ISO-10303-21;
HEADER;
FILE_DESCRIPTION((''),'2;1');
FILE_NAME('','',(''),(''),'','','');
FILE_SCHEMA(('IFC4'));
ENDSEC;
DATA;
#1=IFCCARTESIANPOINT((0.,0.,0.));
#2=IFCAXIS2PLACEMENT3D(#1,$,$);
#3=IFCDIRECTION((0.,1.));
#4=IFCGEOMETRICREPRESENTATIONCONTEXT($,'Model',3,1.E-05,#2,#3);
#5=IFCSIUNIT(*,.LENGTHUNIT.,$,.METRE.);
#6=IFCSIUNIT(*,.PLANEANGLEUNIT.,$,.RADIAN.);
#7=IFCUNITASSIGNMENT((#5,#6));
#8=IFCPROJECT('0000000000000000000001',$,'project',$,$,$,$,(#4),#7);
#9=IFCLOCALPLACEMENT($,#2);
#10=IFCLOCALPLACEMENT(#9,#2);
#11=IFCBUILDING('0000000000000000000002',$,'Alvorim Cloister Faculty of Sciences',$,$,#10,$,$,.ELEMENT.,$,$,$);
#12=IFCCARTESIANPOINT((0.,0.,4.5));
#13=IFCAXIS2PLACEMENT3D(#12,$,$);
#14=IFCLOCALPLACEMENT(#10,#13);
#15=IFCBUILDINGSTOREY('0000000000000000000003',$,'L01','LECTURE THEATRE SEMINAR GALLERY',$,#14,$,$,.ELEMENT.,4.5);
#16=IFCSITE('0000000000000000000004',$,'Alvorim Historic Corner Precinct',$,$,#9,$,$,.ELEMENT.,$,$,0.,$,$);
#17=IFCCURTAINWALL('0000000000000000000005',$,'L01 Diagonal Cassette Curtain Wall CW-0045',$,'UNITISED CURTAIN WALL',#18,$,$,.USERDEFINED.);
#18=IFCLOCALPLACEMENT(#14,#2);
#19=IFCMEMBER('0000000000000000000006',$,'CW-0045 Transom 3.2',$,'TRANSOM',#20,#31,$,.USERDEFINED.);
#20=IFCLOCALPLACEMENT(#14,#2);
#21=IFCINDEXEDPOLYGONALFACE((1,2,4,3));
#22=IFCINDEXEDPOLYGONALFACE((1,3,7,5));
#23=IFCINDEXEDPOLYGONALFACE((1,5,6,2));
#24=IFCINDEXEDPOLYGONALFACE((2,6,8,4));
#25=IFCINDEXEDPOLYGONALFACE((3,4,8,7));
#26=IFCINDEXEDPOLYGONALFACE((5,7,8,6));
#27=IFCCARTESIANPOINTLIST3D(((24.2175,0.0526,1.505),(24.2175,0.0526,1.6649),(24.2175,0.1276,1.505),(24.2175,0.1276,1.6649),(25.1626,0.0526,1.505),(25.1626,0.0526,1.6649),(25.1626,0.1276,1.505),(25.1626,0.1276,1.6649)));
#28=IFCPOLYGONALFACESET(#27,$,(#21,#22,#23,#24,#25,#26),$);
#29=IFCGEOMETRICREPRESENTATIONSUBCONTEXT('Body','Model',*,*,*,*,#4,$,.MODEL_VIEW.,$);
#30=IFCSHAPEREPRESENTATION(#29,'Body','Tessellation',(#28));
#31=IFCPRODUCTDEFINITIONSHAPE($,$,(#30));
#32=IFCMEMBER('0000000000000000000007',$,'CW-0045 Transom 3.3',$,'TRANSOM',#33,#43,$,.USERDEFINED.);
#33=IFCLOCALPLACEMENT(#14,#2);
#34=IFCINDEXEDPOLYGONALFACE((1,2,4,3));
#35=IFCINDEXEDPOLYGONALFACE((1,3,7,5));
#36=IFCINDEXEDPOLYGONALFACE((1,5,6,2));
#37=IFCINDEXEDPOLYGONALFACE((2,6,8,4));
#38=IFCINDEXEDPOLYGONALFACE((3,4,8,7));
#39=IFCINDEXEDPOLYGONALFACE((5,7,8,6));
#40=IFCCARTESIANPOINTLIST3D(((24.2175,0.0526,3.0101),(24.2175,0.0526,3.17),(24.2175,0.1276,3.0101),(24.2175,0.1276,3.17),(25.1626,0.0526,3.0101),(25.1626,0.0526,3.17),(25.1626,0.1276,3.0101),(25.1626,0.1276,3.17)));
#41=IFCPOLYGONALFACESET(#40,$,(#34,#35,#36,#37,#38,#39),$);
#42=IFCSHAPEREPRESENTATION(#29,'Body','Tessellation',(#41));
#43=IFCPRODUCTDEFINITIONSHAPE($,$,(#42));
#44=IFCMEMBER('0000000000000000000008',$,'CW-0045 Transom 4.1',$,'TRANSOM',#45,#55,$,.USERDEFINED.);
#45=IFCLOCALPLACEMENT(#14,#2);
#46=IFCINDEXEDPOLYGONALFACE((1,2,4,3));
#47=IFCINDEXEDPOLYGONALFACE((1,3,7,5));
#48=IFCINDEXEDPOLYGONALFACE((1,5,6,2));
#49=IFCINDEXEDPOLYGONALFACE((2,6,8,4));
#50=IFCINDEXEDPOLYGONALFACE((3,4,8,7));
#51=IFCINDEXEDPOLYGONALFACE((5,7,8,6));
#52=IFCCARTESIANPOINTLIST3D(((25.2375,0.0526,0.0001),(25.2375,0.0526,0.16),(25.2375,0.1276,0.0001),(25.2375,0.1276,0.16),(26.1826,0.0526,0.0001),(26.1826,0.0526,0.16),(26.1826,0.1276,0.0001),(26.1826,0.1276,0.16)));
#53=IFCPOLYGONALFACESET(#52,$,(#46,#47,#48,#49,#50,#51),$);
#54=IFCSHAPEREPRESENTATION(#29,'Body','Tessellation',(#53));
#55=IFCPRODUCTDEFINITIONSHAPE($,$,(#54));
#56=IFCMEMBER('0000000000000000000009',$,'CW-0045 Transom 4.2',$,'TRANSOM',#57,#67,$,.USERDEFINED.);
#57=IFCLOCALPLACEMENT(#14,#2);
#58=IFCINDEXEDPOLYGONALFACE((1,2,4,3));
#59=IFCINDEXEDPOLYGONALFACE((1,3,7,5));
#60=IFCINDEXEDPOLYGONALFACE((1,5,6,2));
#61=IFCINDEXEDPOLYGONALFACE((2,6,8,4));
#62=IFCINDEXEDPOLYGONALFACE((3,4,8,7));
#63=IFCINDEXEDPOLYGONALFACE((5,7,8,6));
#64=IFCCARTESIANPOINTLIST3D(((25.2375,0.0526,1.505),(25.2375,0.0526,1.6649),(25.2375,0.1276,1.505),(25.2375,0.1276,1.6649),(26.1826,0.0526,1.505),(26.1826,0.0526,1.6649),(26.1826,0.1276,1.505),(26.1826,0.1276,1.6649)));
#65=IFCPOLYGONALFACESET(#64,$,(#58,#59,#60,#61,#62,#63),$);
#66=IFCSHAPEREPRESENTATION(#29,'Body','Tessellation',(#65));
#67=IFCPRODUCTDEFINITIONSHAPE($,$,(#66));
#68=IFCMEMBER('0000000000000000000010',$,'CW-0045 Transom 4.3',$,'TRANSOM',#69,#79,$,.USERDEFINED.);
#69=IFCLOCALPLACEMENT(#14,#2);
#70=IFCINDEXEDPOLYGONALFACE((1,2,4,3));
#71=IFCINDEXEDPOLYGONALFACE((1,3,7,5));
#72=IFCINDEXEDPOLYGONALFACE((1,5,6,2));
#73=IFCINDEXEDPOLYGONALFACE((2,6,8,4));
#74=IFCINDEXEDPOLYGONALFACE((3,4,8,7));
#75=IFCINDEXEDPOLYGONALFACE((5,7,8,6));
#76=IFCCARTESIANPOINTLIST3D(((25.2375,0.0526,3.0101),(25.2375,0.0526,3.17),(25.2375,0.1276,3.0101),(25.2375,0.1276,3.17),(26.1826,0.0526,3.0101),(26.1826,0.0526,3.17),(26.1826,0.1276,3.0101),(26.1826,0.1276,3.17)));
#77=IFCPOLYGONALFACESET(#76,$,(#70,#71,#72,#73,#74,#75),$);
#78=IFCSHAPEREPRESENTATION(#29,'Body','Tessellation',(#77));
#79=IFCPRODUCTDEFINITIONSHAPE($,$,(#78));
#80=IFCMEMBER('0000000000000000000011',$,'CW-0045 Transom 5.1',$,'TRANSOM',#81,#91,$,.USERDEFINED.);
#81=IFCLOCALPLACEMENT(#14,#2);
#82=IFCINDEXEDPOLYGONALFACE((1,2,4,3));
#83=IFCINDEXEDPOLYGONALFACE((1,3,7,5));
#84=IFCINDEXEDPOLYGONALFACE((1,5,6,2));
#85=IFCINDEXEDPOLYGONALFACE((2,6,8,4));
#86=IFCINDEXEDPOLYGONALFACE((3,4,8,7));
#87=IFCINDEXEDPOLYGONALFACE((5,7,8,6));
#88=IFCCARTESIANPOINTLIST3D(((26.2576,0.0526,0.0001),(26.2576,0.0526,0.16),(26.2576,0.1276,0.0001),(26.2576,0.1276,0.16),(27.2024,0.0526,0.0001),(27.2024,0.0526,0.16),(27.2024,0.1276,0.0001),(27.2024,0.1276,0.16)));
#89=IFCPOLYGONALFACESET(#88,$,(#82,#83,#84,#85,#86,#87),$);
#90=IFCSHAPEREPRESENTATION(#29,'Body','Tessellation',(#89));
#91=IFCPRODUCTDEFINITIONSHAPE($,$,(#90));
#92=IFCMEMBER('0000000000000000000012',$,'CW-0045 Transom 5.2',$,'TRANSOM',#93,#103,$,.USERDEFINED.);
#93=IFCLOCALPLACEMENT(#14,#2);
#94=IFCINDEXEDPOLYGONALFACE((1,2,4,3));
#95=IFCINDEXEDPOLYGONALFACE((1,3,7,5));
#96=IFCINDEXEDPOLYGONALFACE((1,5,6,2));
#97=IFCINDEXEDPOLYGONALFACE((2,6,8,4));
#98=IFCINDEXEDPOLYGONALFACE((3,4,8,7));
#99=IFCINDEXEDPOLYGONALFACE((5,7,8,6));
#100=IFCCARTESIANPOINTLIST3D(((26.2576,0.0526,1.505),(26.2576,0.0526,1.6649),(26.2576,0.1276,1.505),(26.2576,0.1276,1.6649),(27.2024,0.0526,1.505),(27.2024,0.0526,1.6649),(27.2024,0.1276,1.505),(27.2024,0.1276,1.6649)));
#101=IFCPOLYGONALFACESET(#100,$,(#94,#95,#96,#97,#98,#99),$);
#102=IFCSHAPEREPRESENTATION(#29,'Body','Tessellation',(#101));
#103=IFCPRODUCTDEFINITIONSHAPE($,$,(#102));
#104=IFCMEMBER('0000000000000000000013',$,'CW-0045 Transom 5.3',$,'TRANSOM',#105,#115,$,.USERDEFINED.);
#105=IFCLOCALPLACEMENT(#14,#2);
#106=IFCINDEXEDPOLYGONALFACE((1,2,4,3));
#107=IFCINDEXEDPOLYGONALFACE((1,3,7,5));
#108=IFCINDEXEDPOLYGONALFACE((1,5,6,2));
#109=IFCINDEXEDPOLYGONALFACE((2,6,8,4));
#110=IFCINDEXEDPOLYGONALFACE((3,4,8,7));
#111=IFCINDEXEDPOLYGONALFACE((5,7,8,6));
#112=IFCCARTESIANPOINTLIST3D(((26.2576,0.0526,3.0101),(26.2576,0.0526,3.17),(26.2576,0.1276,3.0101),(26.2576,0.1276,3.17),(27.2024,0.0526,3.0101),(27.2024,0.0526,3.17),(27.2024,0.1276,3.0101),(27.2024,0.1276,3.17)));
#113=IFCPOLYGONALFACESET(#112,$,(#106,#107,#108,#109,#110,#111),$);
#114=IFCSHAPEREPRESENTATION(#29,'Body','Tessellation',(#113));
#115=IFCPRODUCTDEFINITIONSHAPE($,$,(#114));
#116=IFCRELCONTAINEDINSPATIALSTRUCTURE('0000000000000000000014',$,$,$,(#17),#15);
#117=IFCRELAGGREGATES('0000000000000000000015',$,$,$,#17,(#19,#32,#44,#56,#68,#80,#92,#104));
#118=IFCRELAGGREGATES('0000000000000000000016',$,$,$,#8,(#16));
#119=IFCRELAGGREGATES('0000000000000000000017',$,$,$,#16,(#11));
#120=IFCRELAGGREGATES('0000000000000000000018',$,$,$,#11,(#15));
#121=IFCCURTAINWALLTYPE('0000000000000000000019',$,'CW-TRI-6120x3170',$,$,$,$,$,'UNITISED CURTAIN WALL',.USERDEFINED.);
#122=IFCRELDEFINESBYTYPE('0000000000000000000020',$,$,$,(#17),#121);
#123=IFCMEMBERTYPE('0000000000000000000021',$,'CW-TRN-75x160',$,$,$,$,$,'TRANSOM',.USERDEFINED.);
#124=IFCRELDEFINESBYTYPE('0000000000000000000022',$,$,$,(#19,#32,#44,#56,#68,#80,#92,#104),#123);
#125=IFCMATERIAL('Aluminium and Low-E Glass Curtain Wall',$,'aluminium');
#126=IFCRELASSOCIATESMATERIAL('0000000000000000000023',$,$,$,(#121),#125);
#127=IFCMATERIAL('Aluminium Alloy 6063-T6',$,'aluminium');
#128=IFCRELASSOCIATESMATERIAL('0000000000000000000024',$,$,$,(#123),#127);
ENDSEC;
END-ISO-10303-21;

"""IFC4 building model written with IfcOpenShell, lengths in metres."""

from ifc_helpers import new_model, si_unit, direction, frame, origin, origin_2d, place, context, subcontext, project, spatial, rectangle, extrude, material, material_profile, profile_set, type_object, element, aggregate, save


model = new_model("IFC4")

# Units and contexts
model_context = context("Model", 3, precision=1e-05, world=origin(), true_north=direction((0.0, 1.0)))
body_context = subcontext(model_context, "Body", "Model", "MODEL_VIEW")
ifc_project = project(units=[si_unit("LENGTHUNIT", "METRE"), si_unit("PLANEANGLEUNIT", "RADIAN")], contexts=[model_context])

# Site, building, storey
site_placement = place(None, origin())
site = spatial("IfcSite", under=ifc_project, at=site_placement, Name="Alvorim Historic Corner Precinct", CompositionType="ELEMENT", RefElevation=0.0)
building_placement = place(site_placement, origin())
building = spatial("IfcBuilding", under=site, at=building_placement, Name="Alvorim Cloister Faculty of Sciences", CompositionType="ELEMENT")
storey_placement = place(building_placement, frame((0.0, 0.0, 4.5)))
storey = spatial("IfcBuildingStorey", under=building, at=storey_placement, Name="L01", Description="LECTURE THEATRE SEMINAR GALLERY", CompositionType="ELEMENT", Elevation=4.5)

# Curtain wall, members
ifc_material_1 = material(Name="Aluminium and Low-E Glass Curtain Wall", Category="aluminium")
curtain_wall_type = type_object("IfcCurtainWallType", Name="CW-TRI-6120x3170", ElementType="UNITISED CURTAIN WALL", PredefinedType="USERDEFINED", material=ifc_material_1)
curtain_wall_placement = place(storey_placement, origin())
curtain_wall = element("IfcCurtainWall", 1, at=curtain_wall_placement, inside=storey, type_object=curtain_wall_type, Name="L01 Diagonal Cassette Curtain Wall CW-0045", ObjectType="UNITISED CURTAIN WALL", PredefinedType="USERDEFINED")
ifc_material_2 = material(Name="Aluminium Alloy 6063-T6", Category="aluminium")
ifc_material_profile_1 = material_profile(ifc_material_2, rectangle(XDim=0.075, YDim=0.1599, at=origin_2d()), Name="ALU-TRN-75x160")
ifc_profile_set_1 = profile_set([ifc_material_profile_1], Name="Aluminium Alloy 6063-T6")
member_type_1 = type_object("IfcMemberType", Name="CW-TRN-75x160", ElementType="TRANSOM", PredefinedType="USERDEFINED", material=ifc_profile_set_1)
member_1_placement = place(storey_placement, frame((24.2175, 0.0901, 1.585), z_axis=(1.0, 0.0, 0.0), x_axis=(0.0, 1.0, 0.0)))
member_1 = element("IfcMember", 2, at=member_1_placement, type_object=member_type_1, Name="CW-0045 Transom 3.2", ObjectType="TRANSOM", PredefinedType="USERDEFINED", context=body_context, shape_type="SweptSolid", body=[
    extrude(rectangle(XDim=0.075, YDim=0.1599, at=origin_2d()), origin(), (0.0, 0.0, 1.0), 0.9451),
])
member_2_placement = place(storey_placement, frame((24.2175, 0.0901, 3.0901), z_axis=(1.0, 0.0, 0.0), x_axis=(0.0, 1.0, 0.0)))
member_2 = element("IfcMember", 3, at=member_2_placement, type_object=member_type_1, Name="CW-0045 Transom 3.3", ObjectType="TRANSOM", PredefinedType="USERDEFINED", context=body_context, shape_type="SweptSolid", body=[
    extrude(rectangle(XDim=0.075, YDim=0.1599, at=origin_2d()), origin(), (0.0, 0.0, 1.0), 0.9451),
])
member_3_placement = place(storey_placement, frame((25.2375, 0.0901, 0.0801), z_axis=(1.0, 0.0, 0.0), x_axis=(0.0, 1.0, 0.0)))
member_3 = element("IfcMember", 4, at=member_3_placement, type_object=member_type_1, Name="CW-0045 Transom 4.1", ObjectType="TRANSOM", PredefinedType="USERDEFINED", context=body_context, shape_type="SweptSolid", body=[
    extrude(rectangle(XDim=0.075, YDim=0.1599, at=origin_2d()), origin(), (0.0, 0.0, 1.0), 0.9451),
])
member_4_placement = place(storey_placement, frame((25.2375, 0.0901, 1.585), z_axis=(1.0, 0.0, 0.0), x_axis=(0.0, 1.0, 0.0)))
member_4 = element("IfcMember", 5, at=member_4_placement, type_object=member_type_1, Name="CW-0045 Transom 4.2", ObjectType="TRANSOM", PredefinedType="USERDEFINED", context=body_context, shape_type="SweptSolid", body=[
    extrude(rectangle(XDim=0.075, YDim=0.1599, at=origin_2d()), origin(), (0.0, 0.0, 1.0), 0.9451),
])
member_5_placement = place(storey_placement, frame((25.2375, 0.0901, 3.0901), z_axis=(1.0, 0.0, 0.0), x_axis=(0.0, 1.0, 0.0)))
member_5 = element("IfcMember", 6, at=member_5_placement, type_object=member_type_1, Name="CW-0045 Transom 4.3", ObjectType="TRANSOM", PredefinedType="USERDEFINED", context=body_context, shape_type="SweptSolid", body=[
    extrude(rectangle(XDim=0.075, YDim=0.1599, at=origin_2d()), origin(), (0.0, 0.0, 1.0), 0.9451),
])
member_6_placement = place(storey_placement, frame((26.2576, 0.0901, 0.0801), z_axis=(1.0, 0.0, 0.0), x_axis=(0.0, 1.0, 0.0)))
member_6 = element("IfcMember", 7, at=member_6_placement, type_object=member_type_1, Name="CW-0045 Transom 5.1", ObjectType="TRANSOM", PredefinedType="USERDEFINED", context=body_context, shape_type="SweptSolid", body=[
    extrude(rectangle(XDim=0.075, YDim=0.1599, at=origin_2d()), origin(), (0.0, 0.0, 1.0), 0.9448),
])
member_7_placement = place(storey_placement, frame((26.2576, 0.0901, 1.585), z_axis=(1.0, 0.0, 0.0), x_axis=(0.0, 1.0, 0.0)))
member_7 = element("IfcMember", 8, at=member_7_placement, type_object=member_type_1, Name="CW-0045 Transom 5.2", ObjectType="TRANSOM", PredefinedType="USERDEFINED", context=body_context, shape_type="SweptSolid", body=[
    extrude(rectangle(XDim=0.075, YDim=0.1599, at=origin_2d()), origin(), (0.0, 0.0, 1.0), 0.9448),
])
member_8_placement = place(storey_placement, frame((26.2576, 0.0901, 3.0901), z_axis=(1.0, 0.0, 0.0), x_axis=(0.0, 1.0, 0.0)))
member_8 = element("IfcMember", 9, at=member_8_placement, type_object=member_type_1, Name="CW-0045 Transom 5.3", ObjectType="TRANSOM", PredefinedType="USERDEFINED", context=body_context, shape_type="SweptSolid", body=[
    extrude(rectangle(XDim=0.075, YDim=0.1599, at=origin_2d()), origin(), (0.0, 0.0, 1.0), 0.9448),
])
aggregate(curtain_wall, [member_1, member_2, member_3, member_4, member_5, member_6, member_7, member_8])

save(model, "model.ifc")
